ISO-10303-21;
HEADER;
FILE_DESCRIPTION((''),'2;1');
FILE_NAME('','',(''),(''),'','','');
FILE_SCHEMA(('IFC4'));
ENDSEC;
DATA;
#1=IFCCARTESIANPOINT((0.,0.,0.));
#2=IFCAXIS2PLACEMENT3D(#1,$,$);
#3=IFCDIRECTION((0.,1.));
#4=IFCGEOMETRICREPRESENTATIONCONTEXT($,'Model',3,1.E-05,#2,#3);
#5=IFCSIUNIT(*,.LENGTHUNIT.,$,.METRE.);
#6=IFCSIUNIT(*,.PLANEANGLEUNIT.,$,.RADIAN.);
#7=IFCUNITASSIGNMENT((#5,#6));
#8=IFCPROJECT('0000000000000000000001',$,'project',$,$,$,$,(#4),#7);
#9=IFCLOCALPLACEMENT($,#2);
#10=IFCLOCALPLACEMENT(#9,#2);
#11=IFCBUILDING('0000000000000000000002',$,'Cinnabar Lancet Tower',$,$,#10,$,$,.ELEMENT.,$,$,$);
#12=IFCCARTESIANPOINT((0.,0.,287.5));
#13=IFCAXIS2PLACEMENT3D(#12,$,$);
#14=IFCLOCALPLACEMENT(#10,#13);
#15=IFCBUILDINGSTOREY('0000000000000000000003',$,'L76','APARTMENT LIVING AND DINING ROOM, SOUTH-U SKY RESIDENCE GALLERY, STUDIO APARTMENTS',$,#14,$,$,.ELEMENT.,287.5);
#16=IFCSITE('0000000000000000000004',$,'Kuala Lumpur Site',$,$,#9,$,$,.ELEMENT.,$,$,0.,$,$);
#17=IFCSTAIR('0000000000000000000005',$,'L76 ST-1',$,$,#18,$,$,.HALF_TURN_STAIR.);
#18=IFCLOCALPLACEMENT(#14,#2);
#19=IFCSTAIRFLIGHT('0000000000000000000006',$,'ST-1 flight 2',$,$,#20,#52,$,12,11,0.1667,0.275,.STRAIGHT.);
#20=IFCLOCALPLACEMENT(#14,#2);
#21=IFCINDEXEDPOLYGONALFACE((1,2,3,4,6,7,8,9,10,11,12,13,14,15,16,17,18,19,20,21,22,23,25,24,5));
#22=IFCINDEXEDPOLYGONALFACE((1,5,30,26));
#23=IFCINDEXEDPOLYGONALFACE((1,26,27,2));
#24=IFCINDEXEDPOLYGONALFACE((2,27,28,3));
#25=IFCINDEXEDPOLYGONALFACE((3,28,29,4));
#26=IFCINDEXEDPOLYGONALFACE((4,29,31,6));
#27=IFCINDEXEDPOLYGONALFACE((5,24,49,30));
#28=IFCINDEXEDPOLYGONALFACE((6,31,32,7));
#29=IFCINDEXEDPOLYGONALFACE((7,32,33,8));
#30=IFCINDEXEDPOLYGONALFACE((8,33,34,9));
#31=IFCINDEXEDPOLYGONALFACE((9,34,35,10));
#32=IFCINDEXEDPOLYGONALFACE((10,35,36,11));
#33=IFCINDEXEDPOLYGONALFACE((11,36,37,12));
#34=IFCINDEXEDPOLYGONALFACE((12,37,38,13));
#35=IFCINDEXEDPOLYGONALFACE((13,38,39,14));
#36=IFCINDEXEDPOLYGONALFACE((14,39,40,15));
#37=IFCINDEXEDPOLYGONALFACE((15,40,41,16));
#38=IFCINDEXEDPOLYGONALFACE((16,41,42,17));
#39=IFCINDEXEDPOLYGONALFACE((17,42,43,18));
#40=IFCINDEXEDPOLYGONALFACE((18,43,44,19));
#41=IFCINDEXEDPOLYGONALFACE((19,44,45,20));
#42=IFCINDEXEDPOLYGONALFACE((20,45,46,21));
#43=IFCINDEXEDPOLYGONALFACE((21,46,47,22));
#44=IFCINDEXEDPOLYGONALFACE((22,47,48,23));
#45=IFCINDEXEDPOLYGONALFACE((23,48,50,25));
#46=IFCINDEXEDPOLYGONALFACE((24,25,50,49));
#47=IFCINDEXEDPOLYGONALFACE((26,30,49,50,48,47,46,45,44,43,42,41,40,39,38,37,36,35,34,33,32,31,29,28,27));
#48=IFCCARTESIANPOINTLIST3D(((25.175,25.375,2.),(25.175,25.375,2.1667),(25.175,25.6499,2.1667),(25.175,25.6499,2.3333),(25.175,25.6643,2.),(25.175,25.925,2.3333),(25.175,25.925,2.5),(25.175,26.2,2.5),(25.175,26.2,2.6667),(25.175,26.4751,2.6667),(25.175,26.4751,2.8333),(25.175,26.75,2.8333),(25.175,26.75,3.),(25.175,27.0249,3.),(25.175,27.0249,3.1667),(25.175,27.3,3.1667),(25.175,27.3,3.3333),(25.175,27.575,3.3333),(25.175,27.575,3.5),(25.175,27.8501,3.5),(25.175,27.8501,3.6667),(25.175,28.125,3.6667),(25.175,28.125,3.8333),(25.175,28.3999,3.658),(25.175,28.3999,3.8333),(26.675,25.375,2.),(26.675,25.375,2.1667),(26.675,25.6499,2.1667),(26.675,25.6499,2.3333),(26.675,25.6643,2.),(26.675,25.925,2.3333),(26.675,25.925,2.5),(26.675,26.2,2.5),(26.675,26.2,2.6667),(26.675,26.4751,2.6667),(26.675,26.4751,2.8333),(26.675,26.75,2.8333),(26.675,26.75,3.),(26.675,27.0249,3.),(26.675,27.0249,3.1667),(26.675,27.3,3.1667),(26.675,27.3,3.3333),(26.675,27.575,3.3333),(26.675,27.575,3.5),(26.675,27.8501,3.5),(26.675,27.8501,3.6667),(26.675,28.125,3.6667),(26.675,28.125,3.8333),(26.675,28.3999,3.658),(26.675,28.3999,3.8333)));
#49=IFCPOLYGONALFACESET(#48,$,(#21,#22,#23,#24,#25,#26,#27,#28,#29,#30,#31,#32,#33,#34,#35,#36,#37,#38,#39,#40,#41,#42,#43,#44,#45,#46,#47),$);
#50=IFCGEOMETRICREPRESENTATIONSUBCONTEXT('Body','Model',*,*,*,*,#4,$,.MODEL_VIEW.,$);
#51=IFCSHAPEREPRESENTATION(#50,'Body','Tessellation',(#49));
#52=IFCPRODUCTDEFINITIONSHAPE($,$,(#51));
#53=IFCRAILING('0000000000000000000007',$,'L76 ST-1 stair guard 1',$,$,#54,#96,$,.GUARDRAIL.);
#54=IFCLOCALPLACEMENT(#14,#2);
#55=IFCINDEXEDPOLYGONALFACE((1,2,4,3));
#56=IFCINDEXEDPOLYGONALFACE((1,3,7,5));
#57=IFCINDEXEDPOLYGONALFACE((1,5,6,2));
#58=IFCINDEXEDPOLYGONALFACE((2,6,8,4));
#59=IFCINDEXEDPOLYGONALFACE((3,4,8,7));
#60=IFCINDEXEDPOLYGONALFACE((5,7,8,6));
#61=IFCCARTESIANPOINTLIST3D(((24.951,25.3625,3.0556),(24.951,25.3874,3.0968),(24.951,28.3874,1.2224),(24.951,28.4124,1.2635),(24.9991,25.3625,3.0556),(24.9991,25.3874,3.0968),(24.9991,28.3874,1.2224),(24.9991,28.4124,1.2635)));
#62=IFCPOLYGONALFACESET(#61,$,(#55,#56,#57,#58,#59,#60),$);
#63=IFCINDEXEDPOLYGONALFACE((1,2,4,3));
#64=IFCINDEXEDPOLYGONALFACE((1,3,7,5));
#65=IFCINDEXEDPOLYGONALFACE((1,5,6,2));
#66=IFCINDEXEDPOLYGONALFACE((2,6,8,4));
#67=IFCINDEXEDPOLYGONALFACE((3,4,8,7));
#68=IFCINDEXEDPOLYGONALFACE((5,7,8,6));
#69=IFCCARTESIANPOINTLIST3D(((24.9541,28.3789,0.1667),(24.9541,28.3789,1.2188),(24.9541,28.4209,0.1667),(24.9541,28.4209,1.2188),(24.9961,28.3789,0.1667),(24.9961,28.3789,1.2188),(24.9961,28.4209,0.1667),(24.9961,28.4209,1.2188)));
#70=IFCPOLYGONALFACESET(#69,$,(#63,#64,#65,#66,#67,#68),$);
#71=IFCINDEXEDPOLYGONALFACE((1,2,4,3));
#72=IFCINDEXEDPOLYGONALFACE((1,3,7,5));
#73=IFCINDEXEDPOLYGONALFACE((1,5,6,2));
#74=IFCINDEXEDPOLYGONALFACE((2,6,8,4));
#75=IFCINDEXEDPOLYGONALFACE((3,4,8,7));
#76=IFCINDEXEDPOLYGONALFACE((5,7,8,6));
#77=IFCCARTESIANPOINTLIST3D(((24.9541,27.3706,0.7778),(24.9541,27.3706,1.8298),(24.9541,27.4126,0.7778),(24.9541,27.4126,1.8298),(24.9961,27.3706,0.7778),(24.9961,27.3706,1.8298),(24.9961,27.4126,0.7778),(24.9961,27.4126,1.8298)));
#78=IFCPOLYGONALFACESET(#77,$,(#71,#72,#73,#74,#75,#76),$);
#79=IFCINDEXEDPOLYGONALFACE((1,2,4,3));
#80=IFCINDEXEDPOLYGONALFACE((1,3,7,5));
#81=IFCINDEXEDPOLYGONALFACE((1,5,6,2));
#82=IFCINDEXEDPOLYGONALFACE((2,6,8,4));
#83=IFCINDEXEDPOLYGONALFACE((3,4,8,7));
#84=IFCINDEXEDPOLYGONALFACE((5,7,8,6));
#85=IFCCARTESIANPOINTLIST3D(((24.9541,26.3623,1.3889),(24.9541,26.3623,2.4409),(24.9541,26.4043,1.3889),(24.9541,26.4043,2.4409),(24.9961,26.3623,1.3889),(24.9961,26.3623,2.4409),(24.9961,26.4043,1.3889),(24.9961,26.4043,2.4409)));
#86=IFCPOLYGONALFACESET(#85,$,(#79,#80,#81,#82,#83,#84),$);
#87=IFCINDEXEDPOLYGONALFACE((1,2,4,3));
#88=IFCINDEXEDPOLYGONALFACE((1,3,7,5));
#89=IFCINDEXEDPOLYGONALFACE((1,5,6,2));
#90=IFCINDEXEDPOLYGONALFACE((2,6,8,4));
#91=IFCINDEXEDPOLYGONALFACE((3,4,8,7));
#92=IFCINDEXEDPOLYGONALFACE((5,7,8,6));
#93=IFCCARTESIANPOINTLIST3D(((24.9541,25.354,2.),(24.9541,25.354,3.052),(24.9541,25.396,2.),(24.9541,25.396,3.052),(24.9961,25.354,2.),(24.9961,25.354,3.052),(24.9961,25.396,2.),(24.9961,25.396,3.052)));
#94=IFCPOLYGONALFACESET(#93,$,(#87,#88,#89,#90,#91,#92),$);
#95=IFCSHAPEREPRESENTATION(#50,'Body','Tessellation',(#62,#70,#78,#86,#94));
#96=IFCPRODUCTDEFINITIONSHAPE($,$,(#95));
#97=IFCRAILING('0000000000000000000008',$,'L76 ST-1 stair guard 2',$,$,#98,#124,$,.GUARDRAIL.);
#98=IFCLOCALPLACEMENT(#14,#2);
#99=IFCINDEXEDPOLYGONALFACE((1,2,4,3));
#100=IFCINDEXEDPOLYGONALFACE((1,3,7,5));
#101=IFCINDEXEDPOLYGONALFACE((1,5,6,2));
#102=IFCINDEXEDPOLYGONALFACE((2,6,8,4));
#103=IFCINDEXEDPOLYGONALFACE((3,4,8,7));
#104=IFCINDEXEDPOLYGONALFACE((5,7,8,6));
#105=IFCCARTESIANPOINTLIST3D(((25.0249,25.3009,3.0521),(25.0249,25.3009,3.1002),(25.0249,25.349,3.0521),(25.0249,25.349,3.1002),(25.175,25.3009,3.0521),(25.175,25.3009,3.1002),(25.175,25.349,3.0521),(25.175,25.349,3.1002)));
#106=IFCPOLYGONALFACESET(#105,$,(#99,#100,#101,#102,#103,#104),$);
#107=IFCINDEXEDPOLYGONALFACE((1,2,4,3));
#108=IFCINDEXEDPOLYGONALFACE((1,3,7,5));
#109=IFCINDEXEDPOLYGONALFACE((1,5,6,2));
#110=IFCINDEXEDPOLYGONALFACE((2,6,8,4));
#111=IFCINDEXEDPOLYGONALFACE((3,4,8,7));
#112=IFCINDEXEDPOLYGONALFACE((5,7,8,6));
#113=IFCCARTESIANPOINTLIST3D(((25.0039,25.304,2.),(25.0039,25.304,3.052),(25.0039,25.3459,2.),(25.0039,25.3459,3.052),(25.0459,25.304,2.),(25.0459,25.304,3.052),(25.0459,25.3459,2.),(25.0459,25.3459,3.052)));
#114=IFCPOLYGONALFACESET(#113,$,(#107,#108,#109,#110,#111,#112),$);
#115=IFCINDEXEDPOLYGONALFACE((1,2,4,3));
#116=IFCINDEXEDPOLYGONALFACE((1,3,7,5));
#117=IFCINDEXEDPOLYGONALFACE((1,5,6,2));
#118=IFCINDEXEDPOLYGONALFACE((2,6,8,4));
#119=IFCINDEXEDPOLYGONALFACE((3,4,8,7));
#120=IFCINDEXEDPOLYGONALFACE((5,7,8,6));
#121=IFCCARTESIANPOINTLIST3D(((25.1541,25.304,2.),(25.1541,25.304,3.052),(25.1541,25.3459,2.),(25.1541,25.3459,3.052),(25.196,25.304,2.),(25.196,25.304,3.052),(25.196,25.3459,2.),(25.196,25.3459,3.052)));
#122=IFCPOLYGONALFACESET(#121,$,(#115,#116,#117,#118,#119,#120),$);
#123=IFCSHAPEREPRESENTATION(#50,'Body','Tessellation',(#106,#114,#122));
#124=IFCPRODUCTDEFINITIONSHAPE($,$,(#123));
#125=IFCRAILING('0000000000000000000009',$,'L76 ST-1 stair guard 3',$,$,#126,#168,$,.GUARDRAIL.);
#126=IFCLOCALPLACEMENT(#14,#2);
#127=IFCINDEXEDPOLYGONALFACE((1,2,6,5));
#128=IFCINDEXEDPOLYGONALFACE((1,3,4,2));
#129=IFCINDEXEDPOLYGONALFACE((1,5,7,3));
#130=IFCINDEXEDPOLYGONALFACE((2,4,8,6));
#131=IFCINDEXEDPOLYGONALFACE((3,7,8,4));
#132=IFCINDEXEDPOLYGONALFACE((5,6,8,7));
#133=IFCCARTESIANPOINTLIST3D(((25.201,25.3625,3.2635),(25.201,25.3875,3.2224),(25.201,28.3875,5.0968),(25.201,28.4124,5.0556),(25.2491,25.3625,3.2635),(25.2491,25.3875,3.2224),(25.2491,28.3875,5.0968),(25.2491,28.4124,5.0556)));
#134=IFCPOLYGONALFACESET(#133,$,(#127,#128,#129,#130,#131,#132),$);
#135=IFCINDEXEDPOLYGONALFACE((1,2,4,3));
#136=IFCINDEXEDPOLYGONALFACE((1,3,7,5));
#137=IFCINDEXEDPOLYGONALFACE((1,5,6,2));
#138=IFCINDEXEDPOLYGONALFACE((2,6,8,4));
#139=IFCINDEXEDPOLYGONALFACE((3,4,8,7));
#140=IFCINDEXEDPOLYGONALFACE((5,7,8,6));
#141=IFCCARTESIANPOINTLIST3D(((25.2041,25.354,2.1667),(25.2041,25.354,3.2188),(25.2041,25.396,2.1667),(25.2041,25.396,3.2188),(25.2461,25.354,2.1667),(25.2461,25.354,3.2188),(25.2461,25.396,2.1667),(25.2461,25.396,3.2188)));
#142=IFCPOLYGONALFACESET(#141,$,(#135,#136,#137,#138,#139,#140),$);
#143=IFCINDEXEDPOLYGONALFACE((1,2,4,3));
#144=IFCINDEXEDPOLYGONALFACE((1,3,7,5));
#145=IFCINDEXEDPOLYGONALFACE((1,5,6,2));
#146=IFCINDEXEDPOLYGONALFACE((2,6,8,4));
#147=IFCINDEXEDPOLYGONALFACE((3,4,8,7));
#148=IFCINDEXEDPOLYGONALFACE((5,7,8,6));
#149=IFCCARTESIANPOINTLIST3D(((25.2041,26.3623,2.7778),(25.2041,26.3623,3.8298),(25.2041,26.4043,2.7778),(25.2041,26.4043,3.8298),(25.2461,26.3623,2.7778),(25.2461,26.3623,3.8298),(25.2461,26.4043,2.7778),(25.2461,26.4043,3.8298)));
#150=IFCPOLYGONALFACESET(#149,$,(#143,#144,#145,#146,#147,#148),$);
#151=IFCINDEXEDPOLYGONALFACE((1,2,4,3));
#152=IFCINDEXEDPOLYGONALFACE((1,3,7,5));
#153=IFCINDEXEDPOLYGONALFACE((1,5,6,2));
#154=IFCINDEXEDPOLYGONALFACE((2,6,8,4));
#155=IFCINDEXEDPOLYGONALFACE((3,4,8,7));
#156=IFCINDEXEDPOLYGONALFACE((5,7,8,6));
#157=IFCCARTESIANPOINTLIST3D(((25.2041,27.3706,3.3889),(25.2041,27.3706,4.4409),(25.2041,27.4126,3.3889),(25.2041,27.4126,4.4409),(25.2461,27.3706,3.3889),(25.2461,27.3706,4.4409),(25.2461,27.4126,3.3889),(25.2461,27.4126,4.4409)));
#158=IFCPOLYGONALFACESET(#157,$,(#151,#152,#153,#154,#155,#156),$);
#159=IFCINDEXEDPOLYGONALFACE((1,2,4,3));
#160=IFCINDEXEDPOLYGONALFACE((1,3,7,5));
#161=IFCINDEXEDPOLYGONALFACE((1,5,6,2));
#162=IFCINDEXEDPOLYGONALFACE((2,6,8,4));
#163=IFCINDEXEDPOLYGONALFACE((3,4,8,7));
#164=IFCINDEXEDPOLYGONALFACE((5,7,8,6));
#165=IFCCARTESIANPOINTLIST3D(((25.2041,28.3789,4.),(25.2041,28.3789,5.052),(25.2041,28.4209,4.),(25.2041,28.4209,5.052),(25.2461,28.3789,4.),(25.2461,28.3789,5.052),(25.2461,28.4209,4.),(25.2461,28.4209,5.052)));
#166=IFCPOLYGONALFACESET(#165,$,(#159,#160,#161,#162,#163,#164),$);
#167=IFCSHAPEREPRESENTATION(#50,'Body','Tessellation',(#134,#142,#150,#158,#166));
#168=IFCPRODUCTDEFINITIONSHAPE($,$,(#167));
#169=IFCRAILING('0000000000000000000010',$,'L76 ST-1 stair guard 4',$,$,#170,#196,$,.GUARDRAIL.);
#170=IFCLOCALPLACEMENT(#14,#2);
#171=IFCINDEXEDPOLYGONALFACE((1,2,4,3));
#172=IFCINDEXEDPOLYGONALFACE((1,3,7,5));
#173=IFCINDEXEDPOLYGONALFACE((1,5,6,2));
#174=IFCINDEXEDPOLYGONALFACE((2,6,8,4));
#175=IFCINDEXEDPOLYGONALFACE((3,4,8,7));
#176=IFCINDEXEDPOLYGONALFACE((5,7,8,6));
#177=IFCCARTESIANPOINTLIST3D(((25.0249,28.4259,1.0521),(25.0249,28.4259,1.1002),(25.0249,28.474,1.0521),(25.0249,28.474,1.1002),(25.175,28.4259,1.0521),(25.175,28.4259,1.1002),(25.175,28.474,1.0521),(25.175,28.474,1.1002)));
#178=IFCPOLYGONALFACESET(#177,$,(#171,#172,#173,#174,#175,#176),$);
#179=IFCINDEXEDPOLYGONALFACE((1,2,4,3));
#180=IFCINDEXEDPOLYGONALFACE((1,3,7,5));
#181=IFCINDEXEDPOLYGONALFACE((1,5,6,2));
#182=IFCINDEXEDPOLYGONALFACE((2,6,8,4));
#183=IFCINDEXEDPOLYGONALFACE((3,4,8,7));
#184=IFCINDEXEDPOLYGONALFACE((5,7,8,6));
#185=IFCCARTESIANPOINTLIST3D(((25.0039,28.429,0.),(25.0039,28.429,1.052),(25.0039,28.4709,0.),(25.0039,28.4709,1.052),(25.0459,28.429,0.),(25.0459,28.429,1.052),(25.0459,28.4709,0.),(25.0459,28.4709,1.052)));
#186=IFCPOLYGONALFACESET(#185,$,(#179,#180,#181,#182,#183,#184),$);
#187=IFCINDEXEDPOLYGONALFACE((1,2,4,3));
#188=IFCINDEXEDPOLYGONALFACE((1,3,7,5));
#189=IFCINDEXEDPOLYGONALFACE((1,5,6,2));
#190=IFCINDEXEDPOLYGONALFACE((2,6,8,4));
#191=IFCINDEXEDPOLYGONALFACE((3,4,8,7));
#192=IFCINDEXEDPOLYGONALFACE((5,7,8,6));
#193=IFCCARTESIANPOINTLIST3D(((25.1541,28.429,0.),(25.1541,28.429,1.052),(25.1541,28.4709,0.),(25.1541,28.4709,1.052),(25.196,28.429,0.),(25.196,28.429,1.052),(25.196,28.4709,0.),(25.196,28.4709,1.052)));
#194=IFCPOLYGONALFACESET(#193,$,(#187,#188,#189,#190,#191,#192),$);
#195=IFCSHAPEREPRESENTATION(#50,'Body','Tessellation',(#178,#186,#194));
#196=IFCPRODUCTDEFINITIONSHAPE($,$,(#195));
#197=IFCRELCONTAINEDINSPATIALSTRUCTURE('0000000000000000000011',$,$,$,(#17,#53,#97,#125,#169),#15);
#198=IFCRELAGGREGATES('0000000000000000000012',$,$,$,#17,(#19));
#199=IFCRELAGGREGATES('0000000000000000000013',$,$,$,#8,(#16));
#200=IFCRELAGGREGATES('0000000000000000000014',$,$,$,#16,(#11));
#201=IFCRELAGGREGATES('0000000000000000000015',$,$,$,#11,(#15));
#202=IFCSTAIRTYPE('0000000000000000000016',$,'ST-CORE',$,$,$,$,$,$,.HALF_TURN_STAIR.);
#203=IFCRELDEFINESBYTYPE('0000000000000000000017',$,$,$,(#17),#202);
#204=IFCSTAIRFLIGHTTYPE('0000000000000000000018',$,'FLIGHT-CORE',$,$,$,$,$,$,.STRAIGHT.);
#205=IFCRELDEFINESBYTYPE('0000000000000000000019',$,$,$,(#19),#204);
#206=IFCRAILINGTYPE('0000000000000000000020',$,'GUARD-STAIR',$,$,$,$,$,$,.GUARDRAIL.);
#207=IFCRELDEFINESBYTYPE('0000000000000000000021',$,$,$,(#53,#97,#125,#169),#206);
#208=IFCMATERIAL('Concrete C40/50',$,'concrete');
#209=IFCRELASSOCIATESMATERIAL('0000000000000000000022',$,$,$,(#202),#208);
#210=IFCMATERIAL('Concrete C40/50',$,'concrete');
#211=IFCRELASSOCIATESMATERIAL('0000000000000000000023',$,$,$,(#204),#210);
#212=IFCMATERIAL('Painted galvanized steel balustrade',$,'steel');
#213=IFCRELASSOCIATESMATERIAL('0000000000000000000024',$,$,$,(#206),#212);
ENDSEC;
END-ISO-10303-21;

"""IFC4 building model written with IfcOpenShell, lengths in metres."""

from ifc_helpers import new_model, si_unit, direction, frame, origin, origin_2d, place, context, subcontext, project, spatial, polyline, rectangle, outline, extrude, material, type_object, element, aggregate, save


model = new_model("IFC4")

# Units and contexts
model_context = context("Model", 3, precision=1e-05, world=origin(), true_north=direction((0.0, 1.0)))
body_context = subcontext(model_context, "Body", "Model", "MODEL_VIEW")
ifc_project = project(units=[si_unit("LENGTHUNIT", "METRE"), si_unit("PLANEANGLEUNIT", "RADIAN")], contexts=[model_context])

# Site, building, storey
site_placement = place(None, origin())
site = spatial("IfcSite", under=ifc_project, at=site_placement, Name="Kuala Lumpur Site", CompositionType="ELEMENT", RefElevation=0.0)
building_placement = place(site_placement, origin())
building = spatial("IfcBuilding", under=site, at=building_placement, Name="Cinnabar Lancet Tower", CompositionType="ELEMENT")
storey_placement = place(building_placement, frame((0.0, 0.0, 287.5)))
storey = spatial("IfcBuildingStorey", under=building, at=storey_placement, Name="L76", Description="APARTMENT LIVING AND DINING ROOM, SOUTH-U SKY RESIDENCE GALLERY, STUDIO APARTMENTS", CompositionType="ELEMENT", Elevation=287.5)

# Stair, stair flight
ifc_material_1 = material(Name="Concrete C40/50", Category="concrete")
stair_type = type_object("IfcStairType", Name="ST-CORE", PredefinedType="HALF_TURN_STAIR", material=ifc_material_1)
stair_placement = place(storey_placement, origin())
stair = element("IfcStair", 1, at=stair_placement, inside=storey, type_object=stair_type, Name="L76 ST-1", PredefinedType="HALF_TURN_STAIR")
ifc_material_2 = material(Name="Concrete C40/50", Category="concrete")
stair_flight_type = type_object("IfcStairFlightType", Name="FLIGHT-CORE", PredefinedType="STRAIGHT", material=ifc_material_2)
stair_flight_1_placement = place(storey_placement, frame((25.925, 25.375, 2.0), z_axis=(0.0, 0.0, 1.0), x_axis=(0.0, 1.0, 0.0)))
stair_flight_1 = element("IfcStairFlight", 2, at=stair_flight_1_placement, type_object=stair_flight_type, Name="ST-1 flight 2", NumberOfRisers=12, NumberOfTreads=11, PredefinedType="STRAIGHT", RiserHeight=0.1667, TreadLength=0.275, context=body_context, shape_type="SweptSolid", body=[
    extrude(outline(polyline([(0.0, 0.0), (0.0, 0.1667), (0.2749, 0.1667), (0.2749, 0.3333), (0.55, 0.3333), (0.55, 0.5), (0.825, 0.5), (0.825, 0.6667), (1.1001, 0.6667), (1.1001, 0.8333), (1.375, 0.8333), (1.375, 1.0), (1.6499, 1.0), (1.6499, 1.1667), (1.925, 1.1667), (1.925, 1.3333), (2.2, 1.3333), (2.2, 1.5), (2.4751, 1.5), (2.4751, 1.6667), (2.75, 1.6667), (2.75, 1.8333), (3.0249, 1.8333), (3.0249, 2.0), (3.0249, 1.658), (0.2893, 0.0), (0.0, 0.0)])), frame((0.0, 0.75, 0.0), z_axis=(0.0, -1.0, 0.0), x_axis=(1.0, 0.0, 0.0)), (0.0, 0.0, 1.0), 1.5),
])
aggregate(stair, [stair_flight_1])

# Railings
ifc_material_3 = material(Name="Painted galvanized steel balustrade", Category="steel")
railing_type_1 = type_object("IfcRailingType", Name="GUARD-STAIR", PredefinedType="GUARDRAIL", material=ifc_material_3)
railing_1_placement = place(storey_placement, frame((24.9751, 28.3999, 0.1667)))
element("IfcRailing", 3, at=railing_1_placement, inside=storey, type_object=railing_type_1, Name="L76 ST-1 stair guard 1", PredefinedType="GUARDRAIL", context=body_context, shape_type="SweptSolid", body=[
    extrude(rectangle(XDim=0.0481, YDim=0.0481, at=origin_2d()), frame((0.0, 0.0, 1.0762), z_axis=(0.0, -0.855201, 0.518297), x_axis=(1.0, 0.0, 0.0)), (0.0, 0.0, 1.0), 3.5371),
    extrude(rectangle(XDim=0.042, YDim=0.042, at=origin_2d()), origin(), (0.0, 0.0, 1.0), 1.052),
    extrude(rectangle(XDim=0.042, YDim=0.042, at=origin_2d()), frame((0.0, -1.0083, 0.6111)), (0.0, 0.0, 1.0), 1.052),
    extrude(rectangle(XDim=0.042, YDim=0.042, at=origin_2d()), frame((0.0, -2.0166, 1.2222)), (0.0, 0.0, 1.0), 1.052),
    extrude(rectangle(XDim=0.042, YDim=0.042, at=origin_2d()), frame((0.0, -3.0249, 1.8333)), (0.0, 0.0, 1.0), 1.052),
])
railing_2_placement = place(storey_placement, frame((25.0249, 25.325, 2.0)))
element("IfcRailing", 4, at=railing_2_placement, inside=storey, type_object=railing_type_1, Name="L76 ST-1 stair guard 2", PredefinedType="GUARDRAIL", context=body_context, shape_type="SweptSolid", body=[
    extrude(rectangle(XDim=0.0481, YDim=0.0481, at=origin_2d()), frame((0.0, 0.0, 1.0762), z_axis=(1.0, 0.0, 0.0), x_axis=(0.0, 1.0, 0.0)), (0.0, 0.0, 1.0), 0.1501),
    extrude(rectangle(XDim=0.042, YDim=0.042, at=origin_2d()), origin(), (0.0, 0.0, 1.0), 1.052),
    extrude(rectangle(XDim=0.042, YDim=0.042, at=origin_2d()), frame((0.1501, 0.0, 0.0)), (0.0, 0.0, 1.0), 1.052),
])
railing_3_placement = place(storey_placement, frame((25.2251, 25.375, 2.1667)))
element("IfcRailing", 5, at=railing_3_placement, inside=storey, type_object=railing_type_1, Name="L76 ST-1 stair guard 3", PredefinedType="GUARDRAIL", context=body_context, shape_type="SweptSolid", body=[
    extrude(rectangle(XDim=0.0481, YDim=0.0481, at=origin_2d()), frame((0.0, 0.0, 1.0762), z_axis=(0.0, 0.855201, 0.518297), x_axis=(-1.0, 0.0, 0.0)), (0.0, 0.0, 1.0), 3.5371),
    extrude(rectangle(XDim=0.042, YDim=0.042, at=origin_2d()), origin(), (0.0, 0.0, 1.0), 1.052),
    extrude(rectangle(XDim=0.042, YDim=0.042, at=origin_2d()), frame((0.0, 1.0083, 0.6111)), (0.0, 0.0, 1.0), 1.052),
    extrude(rectangle(XDim=0.042, YDim=0.042, at=origin_2d()), frame((0.0, 2.0166, 1.2222)), (0.0, 0.0, 1.0), 1.052),
    extrude(rectangle(XDim=0.042, YDim=0.042, at=origin_2d()), frame((0.0, 3.0249, 1.8333)), (0.0, 0.0, 1.0), 1.052),
])
railing_4_placement = place(storey_placement, frame((25.0249, 28.45, 0.0)))
element("IfcRailing", 6, at=railing_4_placement, inside=storey, type_object=railing_type_1, Name="L76 ST-1 stair guard 4", PredefinedType="GUARDRAIL", context=body_context, shape_type="SweptSolid", body=[
    extrude(rectangle(XDim=0.0481, YDim=0.0481, at=origin_2d()), frame((0.0, 0.0, 1.0762), z_axis=(1.0, 0.0, 0.0), x_axis=(0.0, 1.0, 0.0)), (0.0, 0.0, 1.0), 0.1501),
    extrude(rectangle(XDim=0.042, YDim=0.042, at=origin_2d()), origin(), (0.0, 0.0, 1.0), 1.052),
    extrude(rectangle(XDim=0.042, YDim=0.042, at=origin_2d()), frame((0.1501, 0.0, 0.0)), (0.0, 0.0, 1.0), 1.052),
])

save(model, "model.ifc")
